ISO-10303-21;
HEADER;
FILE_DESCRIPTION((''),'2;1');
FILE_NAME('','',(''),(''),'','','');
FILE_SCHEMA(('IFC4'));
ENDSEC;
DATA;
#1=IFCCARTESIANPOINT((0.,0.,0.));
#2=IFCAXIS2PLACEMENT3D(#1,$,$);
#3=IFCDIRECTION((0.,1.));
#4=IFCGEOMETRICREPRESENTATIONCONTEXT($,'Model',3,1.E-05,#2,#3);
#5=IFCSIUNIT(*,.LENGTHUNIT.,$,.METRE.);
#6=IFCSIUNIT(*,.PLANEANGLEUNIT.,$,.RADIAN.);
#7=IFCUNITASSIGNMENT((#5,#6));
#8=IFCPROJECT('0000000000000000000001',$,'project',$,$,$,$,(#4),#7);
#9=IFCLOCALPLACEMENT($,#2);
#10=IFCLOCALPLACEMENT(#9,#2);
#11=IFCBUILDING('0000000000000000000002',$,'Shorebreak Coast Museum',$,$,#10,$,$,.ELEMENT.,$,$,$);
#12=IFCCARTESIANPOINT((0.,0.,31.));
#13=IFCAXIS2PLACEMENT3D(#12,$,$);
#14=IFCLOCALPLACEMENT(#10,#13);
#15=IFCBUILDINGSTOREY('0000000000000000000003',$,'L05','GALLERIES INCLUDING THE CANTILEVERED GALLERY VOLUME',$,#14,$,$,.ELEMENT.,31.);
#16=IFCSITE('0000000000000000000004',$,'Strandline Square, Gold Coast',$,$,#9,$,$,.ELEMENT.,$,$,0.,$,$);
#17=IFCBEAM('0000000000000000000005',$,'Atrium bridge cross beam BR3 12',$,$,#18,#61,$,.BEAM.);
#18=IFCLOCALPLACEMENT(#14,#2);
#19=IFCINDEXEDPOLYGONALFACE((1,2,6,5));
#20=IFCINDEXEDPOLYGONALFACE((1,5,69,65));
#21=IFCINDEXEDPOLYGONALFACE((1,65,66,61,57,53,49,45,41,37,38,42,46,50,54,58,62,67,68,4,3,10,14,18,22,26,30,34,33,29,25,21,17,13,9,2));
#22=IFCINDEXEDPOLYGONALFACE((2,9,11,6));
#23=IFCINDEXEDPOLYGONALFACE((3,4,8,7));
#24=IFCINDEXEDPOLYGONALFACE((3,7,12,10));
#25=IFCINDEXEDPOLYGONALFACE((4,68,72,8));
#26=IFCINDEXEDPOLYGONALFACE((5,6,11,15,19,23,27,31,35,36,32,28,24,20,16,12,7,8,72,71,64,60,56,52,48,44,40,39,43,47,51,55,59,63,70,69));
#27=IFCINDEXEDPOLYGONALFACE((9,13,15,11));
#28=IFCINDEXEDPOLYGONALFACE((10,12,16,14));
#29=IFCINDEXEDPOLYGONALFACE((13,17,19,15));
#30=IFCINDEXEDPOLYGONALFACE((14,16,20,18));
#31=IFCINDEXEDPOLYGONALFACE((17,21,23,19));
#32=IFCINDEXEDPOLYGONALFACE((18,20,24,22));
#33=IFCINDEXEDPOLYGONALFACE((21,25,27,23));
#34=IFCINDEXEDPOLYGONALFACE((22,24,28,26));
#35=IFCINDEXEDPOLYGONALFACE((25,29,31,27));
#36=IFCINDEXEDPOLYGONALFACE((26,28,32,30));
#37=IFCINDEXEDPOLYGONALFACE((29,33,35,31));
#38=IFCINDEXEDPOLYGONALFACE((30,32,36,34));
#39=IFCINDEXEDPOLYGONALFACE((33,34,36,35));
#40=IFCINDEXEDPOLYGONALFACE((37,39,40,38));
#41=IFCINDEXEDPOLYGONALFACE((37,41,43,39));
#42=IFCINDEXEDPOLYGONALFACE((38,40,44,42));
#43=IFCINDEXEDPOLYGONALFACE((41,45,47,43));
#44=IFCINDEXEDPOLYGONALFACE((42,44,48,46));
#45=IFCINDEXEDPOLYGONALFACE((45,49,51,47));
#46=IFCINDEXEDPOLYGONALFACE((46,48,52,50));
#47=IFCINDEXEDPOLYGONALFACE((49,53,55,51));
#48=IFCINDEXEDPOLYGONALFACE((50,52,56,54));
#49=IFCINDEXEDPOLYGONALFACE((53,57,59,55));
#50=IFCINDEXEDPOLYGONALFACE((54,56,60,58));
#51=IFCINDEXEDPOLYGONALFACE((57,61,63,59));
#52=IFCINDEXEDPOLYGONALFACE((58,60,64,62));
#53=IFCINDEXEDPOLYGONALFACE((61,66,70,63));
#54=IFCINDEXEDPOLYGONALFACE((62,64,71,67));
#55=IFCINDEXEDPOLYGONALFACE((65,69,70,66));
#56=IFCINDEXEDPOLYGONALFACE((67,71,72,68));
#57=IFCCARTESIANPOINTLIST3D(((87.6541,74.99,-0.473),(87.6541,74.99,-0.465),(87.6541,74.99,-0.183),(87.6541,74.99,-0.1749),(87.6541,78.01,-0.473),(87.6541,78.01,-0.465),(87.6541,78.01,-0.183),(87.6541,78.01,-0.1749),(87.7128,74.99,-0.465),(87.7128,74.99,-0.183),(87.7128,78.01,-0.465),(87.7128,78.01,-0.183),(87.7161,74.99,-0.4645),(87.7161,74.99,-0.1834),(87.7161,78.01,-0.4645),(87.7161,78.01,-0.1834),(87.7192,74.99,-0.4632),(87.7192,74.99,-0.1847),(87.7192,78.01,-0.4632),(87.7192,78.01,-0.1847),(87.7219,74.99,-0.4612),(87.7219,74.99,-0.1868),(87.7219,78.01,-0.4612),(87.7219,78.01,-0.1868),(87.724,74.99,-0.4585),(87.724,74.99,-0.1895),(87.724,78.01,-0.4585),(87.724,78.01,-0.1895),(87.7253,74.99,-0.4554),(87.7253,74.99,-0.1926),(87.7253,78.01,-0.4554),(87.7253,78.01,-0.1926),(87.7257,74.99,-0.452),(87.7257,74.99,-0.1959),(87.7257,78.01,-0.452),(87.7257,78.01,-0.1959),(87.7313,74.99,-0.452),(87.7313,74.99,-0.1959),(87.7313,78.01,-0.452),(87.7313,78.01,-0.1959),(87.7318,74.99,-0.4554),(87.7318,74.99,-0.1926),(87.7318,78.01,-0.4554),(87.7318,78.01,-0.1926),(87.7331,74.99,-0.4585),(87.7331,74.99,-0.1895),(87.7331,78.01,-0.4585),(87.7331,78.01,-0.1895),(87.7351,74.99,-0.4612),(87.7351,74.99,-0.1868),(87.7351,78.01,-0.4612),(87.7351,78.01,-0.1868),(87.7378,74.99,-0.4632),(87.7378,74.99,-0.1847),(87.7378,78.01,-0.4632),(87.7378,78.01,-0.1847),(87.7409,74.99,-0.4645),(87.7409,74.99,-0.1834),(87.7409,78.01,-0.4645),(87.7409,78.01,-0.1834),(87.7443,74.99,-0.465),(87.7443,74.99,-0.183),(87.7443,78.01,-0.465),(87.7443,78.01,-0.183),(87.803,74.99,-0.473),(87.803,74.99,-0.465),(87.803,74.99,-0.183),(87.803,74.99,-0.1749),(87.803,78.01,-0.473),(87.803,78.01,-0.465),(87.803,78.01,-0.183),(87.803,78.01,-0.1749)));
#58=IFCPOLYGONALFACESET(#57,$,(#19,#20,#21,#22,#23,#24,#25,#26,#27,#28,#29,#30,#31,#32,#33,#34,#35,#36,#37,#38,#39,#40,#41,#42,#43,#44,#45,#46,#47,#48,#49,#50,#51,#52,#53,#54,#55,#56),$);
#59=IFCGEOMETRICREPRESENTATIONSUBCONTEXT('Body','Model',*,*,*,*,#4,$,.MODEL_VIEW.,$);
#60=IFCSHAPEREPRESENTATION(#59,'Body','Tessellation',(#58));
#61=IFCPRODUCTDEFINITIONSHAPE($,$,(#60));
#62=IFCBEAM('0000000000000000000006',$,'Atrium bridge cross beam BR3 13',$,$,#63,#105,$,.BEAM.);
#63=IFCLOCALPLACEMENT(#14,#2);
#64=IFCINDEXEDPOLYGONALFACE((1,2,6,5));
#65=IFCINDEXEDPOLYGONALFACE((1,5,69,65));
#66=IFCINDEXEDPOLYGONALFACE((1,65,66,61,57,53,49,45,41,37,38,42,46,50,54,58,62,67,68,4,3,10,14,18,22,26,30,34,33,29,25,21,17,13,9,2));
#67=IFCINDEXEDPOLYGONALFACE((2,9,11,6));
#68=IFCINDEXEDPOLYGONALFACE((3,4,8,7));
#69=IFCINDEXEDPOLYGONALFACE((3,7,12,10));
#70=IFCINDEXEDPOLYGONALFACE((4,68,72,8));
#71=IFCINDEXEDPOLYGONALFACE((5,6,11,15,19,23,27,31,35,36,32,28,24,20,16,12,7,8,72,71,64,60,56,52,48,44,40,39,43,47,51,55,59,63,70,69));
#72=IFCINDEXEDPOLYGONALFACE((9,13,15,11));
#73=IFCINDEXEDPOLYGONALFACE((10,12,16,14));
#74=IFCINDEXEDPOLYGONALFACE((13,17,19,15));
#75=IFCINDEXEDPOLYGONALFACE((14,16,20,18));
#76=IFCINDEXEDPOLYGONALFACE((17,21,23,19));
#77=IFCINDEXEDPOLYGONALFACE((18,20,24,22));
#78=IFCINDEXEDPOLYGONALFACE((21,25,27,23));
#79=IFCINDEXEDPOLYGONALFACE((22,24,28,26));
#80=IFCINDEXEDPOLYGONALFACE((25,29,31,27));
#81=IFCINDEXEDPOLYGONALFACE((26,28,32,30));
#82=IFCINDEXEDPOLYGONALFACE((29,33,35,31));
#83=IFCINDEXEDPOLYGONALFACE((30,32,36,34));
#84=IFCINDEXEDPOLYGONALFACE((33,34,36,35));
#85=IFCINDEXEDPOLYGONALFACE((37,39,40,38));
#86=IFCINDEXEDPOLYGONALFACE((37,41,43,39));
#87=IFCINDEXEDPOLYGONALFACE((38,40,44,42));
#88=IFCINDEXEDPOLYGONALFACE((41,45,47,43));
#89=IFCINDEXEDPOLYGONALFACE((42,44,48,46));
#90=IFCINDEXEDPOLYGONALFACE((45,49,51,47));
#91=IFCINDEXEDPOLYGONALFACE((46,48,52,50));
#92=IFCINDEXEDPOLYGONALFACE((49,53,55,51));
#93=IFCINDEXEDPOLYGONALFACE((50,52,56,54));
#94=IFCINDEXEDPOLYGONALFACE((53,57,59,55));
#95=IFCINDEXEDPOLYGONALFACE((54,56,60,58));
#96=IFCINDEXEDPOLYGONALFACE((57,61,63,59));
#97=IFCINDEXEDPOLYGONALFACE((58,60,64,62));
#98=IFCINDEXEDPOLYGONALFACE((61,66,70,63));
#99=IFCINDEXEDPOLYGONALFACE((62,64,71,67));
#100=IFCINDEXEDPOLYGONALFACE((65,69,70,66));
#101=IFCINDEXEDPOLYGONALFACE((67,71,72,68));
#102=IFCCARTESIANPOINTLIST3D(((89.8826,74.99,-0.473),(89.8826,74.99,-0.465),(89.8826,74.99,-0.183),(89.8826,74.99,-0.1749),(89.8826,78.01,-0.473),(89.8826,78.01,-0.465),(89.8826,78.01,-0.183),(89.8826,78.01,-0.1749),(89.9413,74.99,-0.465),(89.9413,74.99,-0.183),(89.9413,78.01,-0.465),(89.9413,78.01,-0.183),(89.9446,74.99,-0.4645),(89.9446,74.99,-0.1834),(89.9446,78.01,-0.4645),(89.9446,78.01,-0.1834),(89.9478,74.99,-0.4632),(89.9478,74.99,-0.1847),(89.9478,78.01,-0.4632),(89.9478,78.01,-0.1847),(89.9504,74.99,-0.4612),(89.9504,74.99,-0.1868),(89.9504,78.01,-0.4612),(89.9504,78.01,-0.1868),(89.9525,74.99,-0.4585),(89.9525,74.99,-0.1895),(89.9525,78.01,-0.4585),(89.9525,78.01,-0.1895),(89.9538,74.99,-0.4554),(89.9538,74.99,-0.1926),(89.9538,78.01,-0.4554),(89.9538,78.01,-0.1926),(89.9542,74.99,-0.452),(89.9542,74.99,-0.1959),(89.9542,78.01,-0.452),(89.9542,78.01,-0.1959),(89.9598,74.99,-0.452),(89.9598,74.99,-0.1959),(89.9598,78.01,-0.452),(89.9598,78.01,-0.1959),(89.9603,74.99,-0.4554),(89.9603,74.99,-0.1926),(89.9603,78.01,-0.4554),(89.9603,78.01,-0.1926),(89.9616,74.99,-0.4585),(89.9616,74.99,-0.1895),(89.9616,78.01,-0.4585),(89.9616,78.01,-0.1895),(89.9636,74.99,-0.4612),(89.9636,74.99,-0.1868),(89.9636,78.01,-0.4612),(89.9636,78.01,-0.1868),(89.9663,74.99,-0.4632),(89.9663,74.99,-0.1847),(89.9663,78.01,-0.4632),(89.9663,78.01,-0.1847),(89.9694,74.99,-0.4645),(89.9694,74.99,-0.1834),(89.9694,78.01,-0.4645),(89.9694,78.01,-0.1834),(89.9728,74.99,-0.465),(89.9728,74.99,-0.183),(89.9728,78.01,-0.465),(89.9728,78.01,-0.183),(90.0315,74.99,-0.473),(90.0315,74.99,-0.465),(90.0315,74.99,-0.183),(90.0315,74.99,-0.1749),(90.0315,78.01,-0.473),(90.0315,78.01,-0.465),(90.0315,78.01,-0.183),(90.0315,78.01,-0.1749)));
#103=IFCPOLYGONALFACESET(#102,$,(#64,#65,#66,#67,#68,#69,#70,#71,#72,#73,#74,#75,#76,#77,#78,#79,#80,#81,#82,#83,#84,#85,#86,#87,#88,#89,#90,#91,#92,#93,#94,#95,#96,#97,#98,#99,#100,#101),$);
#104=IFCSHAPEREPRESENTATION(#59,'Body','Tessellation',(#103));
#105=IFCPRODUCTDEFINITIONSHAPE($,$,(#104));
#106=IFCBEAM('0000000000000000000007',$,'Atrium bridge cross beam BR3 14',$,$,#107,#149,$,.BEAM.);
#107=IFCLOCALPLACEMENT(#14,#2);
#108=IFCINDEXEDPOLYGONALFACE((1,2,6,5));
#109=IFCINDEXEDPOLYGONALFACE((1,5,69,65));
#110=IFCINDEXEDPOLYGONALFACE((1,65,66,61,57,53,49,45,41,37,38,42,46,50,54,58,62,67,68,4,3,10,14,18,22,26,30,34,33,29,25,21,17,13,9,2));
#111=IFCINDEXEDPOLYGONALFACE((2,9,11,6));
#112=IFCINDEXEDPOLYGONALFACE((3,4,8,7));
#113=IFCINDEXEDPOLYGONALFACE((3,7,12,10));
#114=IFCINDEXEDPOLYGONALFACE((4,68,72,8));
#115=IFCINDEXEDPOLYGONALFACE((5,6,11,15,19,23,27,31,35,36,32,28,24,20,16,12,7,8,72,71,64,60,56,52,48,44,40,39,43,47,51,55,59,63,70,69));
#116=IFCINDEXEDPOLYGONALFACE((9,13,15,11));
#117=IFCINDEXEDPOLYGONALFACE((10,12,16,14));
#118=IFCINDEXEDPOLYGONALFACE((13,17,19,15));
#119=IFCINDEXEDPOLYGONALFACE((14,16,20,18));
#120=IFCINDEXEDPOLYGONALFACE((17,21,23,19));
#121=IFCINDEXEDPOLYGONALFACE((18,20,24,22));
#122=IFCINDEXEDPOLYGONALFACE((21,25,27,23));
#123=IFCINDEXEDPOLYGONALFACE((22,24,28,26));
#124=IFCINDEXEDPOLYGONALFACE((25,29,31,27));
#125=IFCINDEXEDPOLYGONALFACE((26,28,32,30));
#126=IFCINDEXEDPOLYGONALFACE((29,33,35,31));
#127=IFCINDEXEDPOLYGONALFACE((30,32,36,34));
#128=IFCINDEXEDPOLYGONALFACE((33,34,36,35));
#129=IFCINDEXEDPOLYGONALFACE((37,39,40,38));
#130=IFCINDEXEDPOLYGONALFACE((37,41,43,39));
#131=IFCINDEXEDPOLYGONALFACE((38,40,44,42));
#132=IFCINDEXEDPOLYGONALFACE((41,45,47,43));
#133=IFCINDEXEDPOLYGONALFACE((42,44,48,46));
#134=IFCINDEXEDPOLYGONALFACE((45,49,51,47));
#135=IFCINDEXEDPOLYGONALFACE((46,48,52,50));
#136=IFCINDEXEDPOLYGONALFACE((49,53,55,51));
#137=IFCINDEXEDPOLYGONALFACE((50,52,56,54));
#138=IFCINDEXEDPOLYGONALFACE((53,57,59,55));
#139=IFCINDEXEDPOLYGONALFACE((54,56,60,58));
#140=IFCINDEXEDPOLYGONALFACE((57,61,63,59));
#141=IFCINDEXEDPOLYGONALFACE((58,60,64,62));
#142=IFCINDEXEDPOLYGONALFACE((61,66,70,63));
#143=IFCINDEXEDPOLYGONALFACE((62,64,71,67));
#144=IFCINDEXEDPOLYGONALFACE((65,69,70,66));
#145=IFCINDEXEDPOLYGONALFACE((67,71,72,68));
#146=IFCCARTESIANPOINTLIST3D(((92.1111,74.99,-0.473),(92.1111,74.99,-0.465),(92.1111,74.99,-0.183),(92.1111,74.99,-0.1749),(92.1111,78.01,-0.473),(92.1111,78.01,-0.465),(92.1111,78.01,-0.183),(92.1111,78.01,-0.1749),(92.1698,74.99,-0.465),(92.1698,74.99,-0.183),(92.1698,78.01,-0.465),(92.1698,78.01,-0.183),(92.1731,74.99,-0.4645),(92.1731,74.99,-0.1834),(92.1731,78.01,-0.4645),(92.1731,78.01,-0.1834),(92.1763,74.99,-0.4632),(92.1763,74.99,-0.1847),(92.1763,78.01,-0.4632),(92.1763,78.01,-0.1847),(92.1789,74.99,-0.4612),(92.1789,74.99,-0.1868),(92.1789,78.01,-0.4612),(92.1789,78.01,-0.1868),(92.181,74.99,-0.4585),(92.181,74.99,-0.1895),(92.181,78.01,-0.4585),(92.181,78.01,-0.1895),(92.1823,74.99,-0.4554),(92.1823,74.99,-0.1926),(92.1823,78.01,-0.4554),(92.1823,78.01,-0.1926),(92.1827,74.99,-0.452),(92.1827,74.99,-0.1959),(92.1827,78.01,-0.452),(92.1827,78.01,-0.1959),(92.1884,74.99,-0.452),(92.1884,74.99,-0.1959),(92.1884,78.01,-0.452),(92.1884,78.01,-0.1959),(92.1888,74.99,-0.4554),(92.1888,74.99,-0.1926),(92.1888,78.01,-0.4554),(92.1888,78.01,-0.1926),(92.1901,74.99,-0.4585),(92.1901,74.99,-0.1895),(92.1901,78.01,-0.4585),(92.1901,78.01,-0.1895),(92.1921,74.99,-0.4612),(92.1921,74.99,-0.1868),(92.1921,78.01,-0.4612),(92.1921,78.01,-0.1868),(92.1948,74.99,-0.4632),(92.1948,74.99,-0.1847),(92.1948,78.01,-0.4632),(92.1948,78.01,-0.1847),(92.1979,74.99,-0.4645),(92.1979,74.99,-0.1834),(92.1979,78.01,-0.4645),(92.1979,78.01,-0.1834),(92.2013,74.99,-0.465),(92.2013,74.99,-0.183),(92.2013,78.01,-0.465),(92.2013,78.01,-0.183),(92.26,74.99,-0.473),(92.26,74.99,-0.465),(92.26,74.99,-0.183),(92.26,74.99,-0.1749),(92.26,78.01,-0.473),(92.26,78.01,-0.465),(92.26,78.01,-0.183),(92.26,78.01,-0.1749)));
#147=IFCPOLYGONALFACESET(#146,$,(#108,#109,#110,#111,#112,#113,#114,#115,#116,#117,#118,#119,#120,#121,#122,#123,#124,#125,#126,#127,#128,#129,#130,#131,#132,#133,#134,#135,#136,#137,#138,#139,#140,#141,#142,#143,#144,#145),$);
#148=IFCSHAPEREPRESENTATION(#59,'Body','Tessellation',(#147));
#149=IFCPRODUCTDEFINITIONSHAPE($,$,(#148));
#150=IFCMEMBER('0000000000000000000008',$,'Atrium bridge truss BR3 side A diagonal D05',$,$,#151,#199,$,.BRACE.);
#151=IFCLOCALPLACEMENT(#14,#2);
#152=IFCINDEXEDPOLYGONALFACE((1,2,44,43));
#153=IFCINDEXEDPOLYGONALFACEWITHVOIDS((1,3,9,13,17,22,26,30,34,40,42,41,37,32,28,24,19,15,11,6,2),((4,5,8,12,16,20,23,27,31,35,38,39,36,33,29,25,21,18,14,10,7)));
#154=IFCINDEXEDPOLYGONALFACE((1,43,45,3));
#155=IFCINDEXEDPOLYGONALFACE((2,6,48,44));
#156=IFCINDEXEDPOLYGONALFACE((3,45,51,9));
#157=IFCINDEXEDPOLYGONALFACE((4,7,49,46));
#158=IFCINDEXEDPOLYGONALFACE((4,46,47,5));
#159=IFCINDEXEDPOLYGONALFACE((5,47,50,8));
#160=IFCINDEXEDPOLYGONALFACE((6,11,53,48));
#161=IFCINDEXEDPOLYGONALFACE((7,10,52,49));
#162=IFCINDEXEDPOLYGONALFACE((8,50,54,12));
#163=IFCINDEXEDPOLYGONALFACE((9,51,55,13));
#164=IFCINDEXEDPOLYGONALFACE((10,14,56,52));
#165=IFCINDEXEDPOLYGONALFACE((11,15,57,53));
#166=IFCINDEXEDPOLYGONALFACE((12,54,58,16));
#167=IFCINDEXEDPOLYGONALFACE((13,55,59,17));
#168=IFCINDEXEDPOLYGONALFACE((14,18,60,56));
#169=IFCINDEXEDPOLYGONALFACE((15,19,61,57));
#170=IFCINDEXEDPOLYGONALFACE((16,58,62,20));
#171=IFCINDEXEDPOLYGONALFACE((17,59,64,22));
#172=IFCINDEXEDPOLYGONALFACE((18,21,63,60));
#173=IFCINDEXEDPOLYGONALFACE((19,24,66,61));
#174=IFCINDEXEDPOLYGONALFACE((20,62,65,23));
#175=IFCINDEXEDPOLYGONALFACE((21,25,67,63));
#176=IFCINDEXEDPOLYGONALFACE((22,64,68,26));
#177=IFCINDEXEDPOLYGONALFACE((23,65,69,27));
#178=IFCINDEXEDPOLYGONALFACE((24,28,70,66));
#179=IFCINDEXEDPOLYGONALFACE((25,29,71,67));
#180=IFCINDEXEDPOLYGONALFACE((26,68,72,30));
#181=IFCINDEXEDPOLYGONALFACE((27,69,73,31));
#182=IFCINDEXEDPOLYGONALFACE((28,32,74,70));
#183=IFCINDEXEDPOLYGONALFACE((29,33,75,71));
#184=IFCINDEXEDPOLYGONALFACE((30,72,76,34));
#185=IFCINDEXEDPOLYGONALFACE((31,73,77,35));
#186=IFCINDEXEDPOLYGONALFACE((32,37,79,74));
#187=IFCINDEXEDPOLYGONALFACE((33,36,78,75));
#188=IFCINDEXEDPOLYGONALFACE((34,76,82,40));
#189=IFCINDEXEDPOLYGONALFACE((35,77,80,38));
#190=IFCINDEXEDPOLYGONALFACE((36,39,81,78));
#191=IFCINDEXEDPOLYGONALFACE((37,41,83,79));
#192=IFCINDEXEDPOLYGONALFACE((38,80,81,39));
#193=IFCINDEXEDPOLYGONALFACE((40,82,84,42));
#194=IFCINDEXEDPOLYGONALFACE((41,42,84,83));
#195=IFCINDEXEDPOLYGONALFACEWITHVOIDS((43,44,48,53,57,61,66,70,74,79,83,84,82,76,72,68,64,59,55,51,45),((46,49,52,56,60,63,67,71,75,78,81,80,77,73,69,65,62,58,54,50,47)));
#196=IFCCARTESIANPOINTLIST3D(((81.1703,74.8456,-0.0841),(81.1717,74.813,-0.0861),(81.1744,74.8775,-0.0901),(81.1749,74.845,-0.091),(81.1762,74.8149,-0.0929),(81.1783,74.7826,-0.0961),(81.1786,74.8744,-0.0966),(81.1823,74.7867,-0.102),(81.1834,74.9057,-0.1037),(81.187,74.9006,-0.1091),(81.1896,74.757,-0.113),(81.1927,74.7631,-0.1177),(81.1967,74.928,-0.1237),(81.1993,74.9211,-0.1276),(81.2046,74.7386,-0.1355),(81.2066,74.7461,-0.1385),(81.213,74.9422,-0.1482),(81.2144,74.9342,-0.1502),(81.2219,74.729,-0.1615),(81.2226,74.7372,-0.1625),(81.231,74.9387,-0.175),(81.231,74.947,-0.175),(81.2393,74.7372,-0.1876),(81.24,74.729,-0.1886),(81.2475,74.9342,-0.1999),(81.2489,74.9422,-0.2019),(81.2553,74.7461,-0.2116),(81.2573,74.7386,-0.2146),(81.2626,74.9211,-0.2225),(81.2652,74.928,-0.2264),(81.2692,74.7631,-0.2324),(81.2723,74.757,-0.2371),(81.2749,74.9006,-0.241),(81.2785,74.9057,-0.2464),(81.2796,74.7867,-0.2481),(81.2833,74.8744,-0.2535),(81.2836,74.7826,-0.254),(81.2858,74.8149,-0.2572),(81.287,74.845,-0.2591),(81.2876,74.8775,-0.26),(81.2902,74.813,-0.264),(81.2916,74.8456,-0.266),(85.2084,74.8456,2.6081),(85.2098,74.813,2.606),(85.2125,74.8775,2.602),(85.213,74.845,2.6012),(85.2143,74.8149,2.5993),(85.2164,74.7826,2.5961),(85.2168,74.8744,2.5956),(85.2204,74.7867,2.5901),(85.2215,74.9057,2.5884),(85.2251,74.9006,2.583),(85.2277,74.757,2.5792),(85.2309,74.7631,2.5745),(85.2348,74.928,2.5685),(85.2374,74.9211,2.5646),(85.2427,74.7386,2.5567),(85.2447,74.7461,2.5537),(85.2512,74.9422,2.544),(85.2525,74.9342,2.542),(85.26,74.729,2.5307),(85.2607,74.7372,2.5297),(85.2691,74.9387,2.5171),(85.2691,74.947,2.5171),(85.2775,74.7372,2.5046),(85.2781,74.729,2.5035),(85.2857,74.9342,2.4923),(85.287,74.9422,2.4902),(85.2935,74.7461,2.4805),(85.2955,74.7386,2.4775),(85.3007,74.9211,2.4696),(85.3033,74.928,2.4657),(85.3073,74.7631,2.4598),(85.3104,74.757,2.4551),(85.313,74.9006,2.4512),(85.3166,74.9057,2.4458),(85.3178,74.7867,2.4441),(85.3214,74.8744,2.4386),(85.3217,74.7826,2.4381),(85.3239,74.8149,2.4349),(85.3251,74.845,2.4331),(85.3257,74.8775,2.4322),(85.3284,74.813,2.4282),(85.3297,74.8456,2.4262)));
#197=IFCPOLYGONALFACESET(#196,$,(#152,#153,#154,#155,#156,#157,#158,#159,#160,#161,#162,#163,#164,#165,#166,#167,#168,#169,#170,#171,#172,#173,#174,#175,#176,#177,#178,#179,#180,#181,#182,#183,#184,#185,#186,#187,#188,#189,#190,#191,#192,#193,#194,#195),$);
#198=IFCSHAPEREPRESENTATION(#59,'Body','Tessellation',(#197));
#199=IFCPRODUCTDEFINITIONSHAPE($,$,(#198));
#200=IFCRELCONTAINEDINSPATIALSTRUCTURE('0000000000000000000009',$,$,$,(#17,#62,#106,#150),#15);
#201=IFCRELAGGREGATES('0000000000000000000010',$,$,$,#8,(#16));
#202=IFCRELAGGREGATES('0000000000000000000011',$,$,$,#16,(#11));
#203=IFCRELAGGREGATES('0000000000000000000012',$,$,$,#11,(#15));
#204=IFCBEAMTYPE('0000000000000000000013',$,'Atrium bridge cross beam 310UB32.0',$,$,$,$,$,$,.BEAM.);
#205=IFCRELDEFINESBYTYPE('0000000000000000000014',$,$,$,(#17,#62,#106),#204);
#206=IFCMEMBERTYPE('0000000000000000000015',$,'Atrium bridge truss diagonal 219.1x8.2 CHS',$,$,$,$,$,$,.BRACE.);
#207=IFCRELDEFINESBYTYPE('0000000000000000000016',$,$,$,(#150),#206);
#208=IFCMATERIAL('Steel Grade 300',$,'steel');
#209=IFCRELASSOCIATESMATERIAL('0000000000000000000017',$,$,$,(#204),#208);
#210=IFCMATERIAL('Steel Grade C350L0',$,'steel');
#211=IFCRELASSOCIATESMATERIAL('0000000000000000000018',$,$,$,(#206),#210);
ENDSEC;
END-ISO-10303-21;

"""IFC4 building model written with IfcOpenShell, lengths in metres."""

from ifc_helpers import new_model, si_unit, direction, frame, origin, origin_2d, place, context, subcontext, project, spatial, hollow_circle, i_section, extrude, material, material_profile, profile_set, type_object, element, save


model = new_model("IFC4")

# Units and contexts
model_context = context("Model", 3, precision=1e-05, world=origin(), true_north=direction((0.0, 1.0)))
body_context = subcontext(model_context, "Body", "Model", "MODEL_VIEW")
ifc_project = project(units=[si_unit("LENGTHUNIT", "METRE"), si_unit("PLANEANGLEUNIT", "RADIAN")], contexts=[model_context])

# Site, building, storey
site_placement = place(None, origin())
site = spatial("IfcSite", under=ifc_project, at=site_placement, Name="Strandline Square, Gold Coast", CompositionType="ELEMENT", RefElevation=0.0)
building_placement = place(site_placement, origin())
building = spatial("IfcBuilding", under=site, at=building_placement, Name="Shorebreak Coast Museum", CompositionType="ELEMENT")
storey_placement = place(building_placement, frame((0.0, 0.0, 31.0)))
storey = spatial("IfcBuildingStorey", under=building, at=storey_placement, Name="L05", Description="GALLERIES INCLUDING THE CANTILEVERED GALLERY VOLUME", CompositionType="ELEMENT", Elevation=31.0)

# Beams
ifc_material_1 = material(Name="Steel Grade 300", Category="steel")
ifc_material_profile_1 = material_profile(ifc_material_1, i_section(OverallWidth=0.1489, OverallDepth=0.2981, WebThickness=0.0056, FlangeThickness=0.0081, FilletRadius=0.0129, at=origin_2d()), Name="310UB32.0")
ifc_profile_set_1 = profile_set([ifc_material_profile_1], Name="Steel Grade 300")
beam_type_1 = type_object("IfcBeamType", Name="Atrium bridge cross beam 310UB32.0", PredefinedType="BEAM", material=ifc_profile_set_1)
for number, where, z_axis, x_axis, name in (
    (1, (87.7285, 74.99, -0.324), (0.0, 1.0, 0.0), (-1.0, 0.0, 0.0), "Atrium bridge cross beam BR3 12"),
    (2, (89.957, 74.99, -0.324), (0.0, 1.0, 0.0), (-1.0, 0.0, 0.0), "Atrium bridge cross beam BR3 13"),
    (3, (92.1855, 74.99, -0.324), (0.0, 1.0, 0.0), (-1.0, 0.0, 0.0), "Atrium bridge cross beam BR3 14"),
):
    element("IfcBeam", number, at=place(storey_placement, frame(where, z_axis=z_axis, x_axis=x_axis)), inside=storey, type_object=beam_type_1, Name=name, PredefinedType="BEAM", context=body_context, shape_type="SweptSolid", body=[
        extrude(i_section(OverallWidth=0.1489, OverallDepth=0.2981, WebThickness=0.0056, FlangeThickness=0.0081, FilletRadius=0.0129, at=origin_2d()), origin(), (0.0, 0.0, 1.0), 3.02),
    ])

# Member
ifc_material_2 = material(Name="Steel Grade C350L0", Category="steel")
ifc_material_profile_2 = material_profile(ifc_material_2, hollow_circle(Radius=0.1096, WallThickness=0.0083, at=origin_2d()), Name="219.1x8.2 CHS")
ifc_profile_set_2 = profile_set([ifc_material_profile_2], Name="Steel Grade C350L0")
member_type_1 = type_object("IfcMemberType", Name="Atrium bridge truss diagonal 219.1x8.2 CHS", PredefinedType="BRACE", material=ifc_profile_set_2)
for number, where, z_axis, x_axis, name in (
    (4, (81.231, 74.8374, -0.175), (0.832043, 0.0, 0.554712), (0.0, 1.0, 0.0), "Atrium bridge truss BR3 side A diagonal D05"),
):
    element("IfcMember", number, at=place(storey_placement, frame(where, z_axis=z_axis, x_axis=x_axis)), inside=storey, type_object=member_type_1, Name=name, PredefinedType="BRACE", context=body_context, shape_type="SweptSolid", body=[
        extrude(hollow_circle(Radius=0.1096, WallThickness=0.0083, at=origin_2d()), origin(), (0.0, 0.0, 1.0), 4.8533),
    ])

save(model, "model.ifc")
